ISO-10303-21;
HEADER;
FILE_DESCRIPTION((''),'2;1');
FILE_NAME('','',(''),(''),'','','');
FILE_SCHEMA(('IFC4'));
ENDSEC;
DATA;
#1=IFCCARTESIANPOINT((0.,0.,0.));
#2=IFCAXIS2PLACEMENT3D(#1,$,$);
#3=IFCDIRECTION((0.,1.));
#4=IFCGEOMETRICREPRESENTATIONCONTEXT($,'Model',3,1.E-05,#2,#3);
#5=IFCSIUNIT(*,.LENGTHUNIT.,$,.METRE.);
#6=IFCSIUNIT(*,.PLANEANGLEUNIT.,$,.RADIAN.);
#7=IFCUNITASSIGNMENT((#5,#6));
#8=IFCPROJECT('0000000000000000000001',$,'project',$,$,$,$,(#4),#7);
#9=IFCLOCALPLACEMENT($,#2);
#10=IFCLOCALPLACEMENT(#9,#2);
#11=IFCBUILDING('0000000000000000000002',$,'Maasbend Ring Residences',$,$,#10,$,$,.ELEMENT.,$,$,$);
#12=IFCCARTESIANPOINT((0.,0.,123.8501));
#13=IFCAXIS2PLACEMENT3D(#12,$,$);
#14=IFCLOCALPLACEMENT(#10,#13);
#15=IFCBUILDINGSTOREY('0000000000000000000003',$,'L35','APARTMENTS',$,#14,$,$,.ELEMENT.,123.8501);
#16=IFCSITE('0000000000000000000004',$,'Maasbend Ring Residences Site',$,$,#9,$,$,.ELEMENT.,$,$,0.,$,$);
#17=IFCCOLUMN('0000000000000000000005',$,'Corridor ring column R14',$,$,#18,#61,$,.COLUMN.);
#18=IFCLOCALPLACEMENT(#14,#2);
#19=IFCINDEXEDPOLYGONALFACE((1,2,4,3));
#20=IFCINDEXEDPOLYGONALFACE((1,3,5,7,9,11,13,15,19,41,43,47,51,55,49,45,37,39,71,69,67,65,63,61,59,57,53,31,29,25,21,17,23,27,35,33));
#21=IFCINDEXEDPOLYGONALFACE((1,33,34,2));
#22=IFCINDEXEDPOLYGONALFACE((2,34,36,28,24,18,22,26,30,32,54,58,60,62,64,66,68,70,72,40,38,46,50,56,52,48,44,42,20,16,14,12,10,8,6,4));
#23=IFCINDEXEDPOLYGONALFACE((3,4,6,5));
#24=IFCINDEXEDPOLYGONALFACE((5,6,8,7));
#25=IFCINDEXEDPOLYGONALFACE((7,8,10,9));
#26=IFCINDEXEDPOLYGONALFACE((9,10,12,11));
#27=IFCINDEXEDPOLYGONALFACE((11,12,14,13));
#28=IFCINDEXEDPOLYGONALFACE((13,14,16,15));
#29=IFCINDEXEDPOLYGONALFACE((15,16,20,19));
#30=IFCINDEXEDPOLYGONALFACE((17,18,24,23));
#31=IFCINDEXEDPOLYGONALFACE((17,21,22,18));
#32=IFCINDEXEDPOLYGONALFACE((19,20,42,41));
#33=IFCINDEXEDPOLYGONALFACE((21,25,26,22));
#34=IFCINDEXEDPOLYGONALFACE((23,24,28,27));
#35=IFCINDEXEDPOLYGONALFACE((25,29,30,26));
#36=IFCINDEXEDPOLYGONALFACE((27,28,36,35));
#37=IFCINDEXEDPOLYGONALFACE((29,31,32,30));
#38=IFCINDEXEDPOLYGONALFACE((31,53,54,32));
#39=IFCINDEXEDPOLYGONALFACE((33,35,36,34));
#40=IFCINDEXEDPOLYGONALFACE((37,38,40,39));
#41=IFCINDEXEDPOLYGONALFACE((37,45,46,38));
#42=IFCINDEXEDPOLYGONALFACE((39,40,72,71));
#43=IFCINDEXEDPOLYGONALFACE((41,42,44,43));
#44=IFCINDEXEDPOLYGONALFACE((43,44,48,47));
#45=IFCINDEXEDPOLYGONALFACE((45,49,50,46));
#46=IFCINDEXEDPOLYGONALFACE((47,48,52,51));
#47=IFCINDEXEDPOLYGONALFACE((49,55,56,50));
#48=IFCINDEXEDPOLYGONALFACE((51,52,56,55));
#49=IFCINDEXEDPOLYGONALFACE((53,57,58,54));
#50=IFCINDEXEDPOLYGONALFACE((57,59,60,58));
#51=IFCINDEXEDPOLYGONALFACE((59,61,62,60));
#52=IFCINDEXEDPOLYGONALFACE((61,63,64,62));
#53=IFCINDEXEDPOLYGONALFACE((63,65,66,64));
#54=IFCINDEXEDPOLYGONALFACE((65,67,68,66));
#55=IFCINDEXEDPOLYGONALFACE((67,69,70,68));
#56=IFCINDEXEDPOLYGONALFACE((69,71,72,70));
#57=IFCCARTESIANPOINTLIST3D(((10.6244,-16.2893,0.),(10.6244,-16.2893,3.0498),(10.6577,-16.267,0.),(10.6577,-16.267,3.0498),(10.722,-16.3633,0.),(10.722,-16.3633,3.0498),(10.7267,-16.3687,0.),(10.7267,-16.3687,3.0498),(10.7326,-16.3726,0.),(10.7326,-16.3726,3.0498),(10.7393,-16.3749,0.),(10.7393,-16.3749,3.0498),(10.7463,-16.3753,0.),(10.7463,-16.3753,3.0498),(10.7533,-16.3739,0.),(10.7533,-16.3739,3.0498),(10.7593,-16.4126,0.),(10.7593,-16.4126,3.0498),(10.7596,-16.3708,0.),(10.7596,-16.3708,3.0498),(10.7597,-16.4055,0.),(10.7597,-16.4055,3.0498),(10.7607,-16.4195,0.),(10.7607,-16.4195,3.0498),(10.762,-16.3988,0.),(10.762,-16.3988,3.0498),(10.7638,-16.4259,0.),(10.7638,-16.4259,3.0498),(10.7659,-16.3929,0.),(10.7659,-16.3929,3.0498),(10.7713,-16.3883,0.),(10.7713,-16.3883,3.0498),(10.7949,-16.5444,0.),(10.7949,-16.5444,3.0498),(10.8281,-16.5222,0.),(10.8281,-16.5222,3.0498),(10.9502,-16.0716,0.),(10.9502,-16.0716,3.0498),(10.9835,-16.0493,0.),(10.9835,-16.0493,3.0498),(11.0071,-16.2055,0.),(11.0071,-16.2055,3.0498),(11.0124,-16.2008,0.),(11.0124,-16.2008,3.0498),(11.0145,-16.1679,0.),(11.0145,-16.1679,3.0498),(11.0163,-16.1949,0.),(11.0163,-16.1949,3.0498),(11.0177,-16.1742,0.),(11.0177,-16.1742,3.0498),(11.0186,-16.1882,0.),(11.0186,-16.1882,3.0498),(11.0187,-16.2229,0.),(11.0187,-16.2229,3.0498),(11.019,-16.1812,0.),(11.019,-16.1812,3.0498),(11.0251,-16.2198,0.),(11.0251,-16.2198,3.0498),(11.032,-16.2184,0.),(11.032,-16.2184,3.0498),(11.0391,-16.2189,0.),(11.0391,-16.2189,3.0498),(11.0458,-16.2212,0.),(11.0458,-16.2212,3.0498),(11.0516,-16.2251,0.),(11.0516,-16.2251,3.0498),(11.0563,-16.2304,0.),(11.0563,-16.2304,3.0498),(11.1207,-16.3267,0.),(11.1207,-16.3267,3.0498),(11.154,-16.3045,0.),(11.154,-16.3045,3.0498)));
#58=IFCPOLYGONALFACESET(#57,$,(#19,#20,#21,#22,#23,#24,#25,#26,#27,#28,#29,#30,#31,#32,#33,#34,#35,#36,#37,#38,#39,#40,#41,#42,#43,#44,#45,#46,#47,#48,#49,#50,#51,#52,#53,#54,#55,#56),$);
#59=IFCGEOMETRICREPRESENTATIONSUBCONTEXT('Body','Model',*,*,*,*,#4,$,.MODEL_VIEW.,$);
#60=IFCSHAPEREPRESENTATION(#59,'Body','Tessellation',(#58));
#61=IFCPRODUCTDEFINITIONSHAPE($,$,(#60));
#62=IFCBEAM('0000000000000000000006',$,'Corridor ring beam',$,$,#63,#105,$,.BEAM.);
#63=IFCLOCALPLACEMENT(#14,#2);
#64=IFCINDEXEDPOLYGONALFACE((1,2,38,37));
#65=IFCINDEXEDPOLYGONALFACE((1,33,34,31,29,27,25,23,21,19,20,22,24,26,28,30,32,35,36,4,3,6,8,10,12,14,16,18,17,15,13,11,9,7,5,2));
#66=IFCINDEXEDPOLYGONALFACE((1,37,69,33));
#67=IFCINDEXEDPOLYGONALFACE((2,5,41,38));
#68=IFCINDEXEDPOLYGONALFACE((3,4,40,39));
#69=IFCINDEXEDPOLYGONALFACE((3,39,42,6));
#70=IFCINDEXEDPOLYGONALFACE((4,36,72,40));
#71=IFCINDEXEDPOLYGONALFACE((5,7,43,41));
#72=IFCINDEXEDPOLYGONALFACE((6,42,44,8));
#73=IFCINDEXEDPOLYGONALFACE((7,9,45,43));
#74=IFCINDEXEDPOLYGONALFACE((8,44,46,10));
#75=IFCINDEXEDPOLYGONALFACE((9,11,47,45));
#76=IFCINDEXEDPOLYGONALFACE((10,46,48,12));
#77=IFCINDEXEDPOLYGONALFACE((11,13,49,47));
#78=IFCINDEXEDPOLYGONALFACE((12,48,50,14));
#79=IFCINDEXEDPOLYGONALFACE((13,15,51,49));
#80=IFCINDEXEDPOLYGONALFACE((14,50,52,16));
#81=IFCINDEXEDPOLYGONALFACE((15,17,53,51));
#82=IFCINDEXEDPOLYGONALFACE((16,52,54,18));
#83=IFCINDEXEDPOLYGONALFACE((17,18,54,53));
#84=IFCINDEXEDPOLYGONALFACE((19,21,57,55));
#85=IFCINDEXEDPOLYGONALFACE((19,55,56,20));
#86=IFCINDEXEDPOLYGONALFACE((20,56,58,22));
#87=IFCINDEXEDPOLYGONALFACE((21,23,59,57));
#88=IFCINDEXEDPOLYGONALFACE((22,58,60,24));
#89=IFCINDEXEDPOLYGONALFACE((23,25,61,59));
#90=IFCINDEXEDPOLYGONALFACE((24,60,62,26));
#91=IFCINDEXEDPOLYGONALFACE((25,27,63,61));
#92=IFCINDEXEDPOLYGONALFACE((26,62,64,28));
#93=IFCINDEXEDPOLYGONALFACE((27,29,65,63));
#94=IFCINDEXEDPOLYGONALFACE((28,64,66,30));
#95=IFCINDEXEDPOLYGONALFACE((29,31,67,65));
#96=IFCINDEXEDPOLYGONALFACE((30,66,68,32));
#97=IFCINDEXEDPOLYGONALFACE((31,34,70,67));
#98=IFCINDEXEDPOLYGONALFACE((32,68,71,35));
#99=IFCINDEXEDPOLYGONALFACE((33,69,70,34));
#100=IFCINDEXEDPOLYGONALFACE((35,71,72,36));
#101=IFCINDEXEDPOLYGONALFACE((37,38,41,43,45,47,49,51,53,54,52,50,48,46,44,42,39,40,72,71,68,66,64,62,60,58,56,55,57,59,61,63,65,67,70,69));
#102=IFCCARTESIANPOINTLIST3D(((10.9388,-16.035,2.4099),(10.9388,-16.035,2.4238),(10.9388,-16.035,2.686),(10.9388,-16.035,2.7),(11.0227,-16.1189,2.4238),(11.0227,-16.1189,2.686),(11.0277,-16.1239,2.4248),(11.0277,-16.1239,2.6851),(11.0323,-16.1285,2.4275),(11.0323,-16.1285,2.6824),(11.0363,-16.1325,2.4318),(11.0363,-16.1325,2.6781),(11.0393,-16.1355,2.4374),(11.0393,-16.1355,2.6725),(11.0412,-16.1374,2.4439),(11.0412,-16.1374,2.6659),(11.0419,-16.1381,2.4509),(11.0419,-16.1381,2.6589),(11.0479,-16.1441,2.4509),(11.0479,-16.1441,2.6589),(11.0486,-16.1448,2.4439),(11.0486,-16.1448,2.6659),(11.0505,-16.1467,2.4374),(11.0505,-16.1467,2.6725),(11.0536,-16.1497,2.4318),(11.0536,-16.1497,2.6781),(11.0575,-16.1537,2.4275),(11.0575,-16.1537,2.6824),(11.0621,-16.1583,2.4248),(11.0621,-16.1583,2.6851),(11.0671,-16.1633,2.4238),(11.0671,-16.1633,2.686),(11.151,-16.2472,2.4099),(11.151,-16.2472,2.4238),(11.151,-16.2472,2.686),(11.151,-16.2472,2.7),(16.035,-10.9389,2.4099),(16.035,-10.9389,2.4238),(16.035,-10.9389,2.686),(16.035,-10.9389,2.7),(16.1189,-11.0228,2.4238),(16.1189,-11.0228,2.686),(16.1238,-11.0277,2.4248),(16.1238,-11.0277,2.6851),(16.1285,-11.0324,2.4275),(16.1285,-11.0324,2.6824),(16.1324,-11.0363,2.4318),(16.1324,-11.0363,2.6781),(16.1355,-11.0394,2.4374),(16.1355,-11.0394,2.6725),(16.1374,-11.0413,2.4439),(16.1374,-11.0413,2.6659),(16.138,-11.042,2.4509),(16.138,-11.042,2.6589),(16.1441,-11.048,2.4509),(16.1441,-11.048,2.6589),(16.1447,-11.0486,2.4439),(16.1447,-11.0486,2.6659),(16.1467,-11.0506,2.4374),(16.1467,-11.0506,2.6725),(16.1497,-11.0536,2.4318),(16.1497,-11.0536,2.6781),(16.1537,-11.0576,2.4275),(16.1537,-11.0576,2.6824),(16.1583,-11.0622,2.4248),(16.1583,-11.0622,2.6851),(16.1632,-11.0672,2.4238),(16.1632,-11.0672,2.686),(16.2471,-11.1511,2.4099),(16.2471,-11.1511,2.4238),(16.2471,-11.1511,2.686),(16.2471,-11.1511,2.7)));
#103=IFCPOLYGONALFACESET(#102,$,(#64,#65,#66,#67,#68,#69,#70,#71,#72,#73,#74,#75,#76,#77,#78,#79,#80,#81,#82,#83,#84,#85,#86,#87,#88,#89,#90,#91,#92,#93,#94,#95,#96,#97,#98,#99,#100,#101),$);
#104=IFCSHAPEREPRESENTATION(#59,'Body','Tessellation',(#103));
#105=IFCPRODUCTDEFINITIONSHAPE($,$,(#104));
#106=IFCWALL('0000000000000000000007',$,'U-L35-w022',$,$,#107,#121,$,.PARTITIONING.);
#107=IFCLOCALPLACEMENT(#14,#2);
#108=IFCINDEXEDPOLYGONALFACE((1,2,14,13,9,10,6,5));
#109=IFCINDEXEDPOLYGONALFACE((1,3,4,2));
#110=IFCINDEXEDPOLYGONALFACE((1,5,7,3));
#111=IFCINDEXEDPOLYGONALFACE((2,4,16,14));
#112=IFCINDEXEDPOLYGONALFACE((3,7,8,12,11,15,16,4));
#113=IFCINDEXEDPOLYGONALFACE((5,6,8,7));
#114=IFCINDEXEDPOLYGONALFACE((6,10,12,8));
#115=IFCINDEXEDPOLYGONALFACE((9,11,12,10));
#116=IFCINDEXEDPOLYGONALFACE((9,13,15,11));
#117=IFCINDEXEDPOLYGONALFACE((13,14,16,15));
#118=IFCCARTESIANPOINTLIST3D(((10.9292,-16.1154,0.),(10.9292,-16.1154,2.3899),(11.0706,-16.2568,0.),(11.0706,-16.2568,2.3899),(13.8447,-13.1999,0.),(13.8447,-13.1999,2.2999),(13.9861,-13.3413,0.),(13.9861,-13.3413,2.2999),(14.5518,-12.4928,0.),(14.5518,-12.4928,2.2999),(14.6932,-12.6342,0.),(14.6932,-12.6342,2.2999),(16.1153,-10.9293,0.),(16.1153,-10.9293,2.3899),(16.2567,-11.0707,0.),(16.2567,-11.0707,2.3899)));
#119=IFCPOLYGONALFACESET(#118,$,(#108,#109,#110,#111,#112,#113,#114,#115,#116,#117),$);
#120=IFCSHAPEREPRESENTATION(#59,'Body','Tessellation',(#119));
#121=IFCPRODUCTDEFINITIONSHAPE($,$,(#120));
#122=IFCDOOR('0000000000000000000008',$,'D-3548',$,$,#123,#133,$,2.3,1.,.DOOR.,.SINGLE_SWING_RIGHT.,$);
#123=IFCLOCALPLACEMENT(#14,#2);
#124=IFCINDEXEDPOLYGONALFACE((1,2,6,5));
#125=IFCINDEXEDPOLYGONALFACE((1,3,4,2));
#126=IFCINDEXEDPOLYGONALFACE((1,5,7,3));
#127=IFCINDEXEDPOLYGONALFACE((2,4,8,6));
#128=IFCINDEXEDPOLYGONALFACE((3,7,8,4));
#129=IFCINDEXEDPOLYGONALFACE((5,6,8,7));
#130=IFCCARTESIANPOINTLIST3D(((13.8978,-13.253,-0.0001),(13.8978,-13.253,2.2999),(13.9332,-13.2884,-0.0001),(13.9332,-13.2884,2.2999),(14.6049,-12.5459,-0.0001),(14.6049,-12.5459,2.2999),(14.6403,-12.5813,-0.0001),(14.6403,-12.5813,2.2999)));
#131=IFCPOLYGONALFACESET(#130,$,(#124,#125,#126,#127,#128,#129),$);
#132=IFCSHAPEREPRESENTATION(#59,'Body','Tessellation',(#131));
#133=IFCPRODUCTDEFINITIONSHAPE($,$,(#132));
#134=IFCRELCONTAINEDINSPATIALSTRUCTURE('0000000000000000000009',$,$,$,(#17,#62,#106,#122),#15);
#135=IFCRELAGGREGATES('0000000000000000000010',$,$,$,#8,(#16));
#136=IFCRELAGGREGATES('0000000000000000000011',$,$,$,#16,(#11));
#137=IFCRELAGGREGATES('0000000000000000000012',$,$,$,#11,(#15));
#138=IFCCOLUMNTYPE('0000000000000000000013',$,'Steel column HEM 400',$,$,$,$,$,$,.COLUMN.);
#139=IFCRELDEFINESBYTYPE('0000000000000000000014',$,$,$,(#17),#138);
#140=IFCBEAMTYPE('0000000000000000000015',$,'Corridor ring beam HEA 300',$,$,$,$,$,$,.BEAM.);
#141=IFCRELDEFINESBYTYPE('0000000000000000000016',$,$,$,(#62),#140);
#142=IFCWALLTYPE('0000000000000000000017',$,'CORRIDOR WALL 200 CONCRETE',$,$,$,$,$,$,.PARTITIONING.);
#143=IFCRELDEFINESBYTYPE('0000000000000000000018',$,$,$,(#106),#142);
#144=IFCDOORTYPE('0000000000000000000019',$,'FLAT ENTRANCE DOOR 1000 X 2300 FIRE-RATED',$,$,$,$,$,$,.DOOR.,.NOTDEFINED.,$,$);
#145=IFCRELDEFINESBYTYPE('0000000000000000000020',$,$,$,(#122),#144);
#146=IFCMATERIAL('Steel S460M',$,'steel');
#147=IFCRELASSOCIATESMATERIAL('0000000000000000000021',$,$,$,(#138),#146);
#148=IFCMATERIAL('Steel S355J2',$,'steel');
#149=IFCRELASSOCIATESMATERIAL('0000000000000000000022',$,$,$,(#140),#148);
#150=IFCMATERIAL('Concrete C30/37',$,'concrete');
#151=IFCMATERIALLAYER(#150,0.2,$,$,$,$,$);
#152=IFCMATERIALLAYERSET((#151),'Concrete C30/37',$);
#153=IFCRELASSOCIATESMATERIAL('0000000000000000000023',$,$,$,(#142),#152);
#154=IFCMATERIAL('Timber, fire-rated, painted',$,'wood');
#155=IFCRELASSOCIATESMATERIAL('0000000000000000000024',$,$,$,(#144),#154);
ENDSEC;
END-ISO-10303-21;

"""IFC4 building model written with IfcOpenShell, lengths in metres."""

from ifc_helpers import new_model, si_unit, direction, frame, frame_2d, origin, origin_2d, place, context, subcontext, project, spatial, rectangle, i_section, extrude, material, layer, layer_set, material_profile, profile_set, type_object, element, fill, save


model = new_model("IFC4")

# Units and contexts
model_context = context("Model", 3, precision=1e-05, world=origin(), true_north=direction((0.0, 1.0)))
body_context = subcontext(model_context, "Body", "Model", "MODEL_VIEW")
ifc_project = project(units=[si_unit("LENGTHUNIT", "METRE"), si_unit("PLANEANGLEUNIT", "RADIAN")], contexts=[model_context])

# Site, building, storey
site_placement = place(None, origin())
site = spatial("IfcSite", under=ifc_project, at=site_placement, Name="Maasbend Ring Residences Site", CompositionType="ELEMENT", RefElevation=0.0)
building_placement = place(site_placement, origin())
building = spatial("IfcBuilding", under=site, at=building_placement, Name="Maasbend Ring Residences", CompositionType="ELEMENT")
storey_placement = place(building_placement, frame((0.0, 0.0, 123.8501)))
storey = spatial("IfcBuildingStorey", under=building, at=storey_placement, Name="L35", Description="APARTMENTS", CompositionType="ELEMENT", Elevation=123.8501)

# Column
ifc_material_1 = material(Name="Steel S460M", Category="steel")
ifc_material_profile_1 = material_profile(ifc_material_1, i_section(OverallWidth=0.3069, OverallDepth=0.4319, WebThickness=0.021, FlangeThickness=0.04, FilletRadius=0.0271, at=origin_2d()), Name="HEM 400")
ifc_profile_set_1 = profile_set([ifc_material_profile_1], Name="Steel S460M")
column_type = type_object("IfcColumnType", Name="Steel column HEM 400", PredefinedType="COLUMN", material=ifc_profile_set_1)
column_placement = place(storey_placement, frame((10.8892, -16.2969, 0.0), z_axis=(0.0, 0.0, 1.0), x_axis=(0.55557, -0.83147, 0.0)))
element("IfcColumn", 1, at=column_placement, inside=storey, type_object=column_type, Name="Corridor ring column R14", PredefinedType="COLUMN", context=body_context, shape_type="SweptSolid", body=[
    extrude(i_section(OverallWidth=0.3069, OverallDepth=0.4319, WebThickness=0.021, FlangeThickness=0.04, FilletRadius=0.0271, at=origin_2d()), origin(), (0.0, 0.0, 1.0), 3.0498),
])

# Beam
ifc_material_2 = material(Name="Steel S355J2", Category="steel")
ifc_material_profile_2 = material_profile(ifc_material_2, i_section(OverallWidth=0.3, OverallDepth=0.29, WebThickness=0.0085, FlangeThickness=0.0139, FilletRadius=0.0271, at=origin_2d()), Name="HEA 300")
ifc_profile_set_2 = profile_set([ifc_material_profile_2], Name="Steel S355J2")
beam_type = type_object("IfcBeamType", Name="Corridor ring beam HEA 300", PredefinedType="BEAM", material=ifc_profile_set_2)
beam_placement = place(storey_placement, frame((11.0449, -16.1411, 2.5549), z_axis=(0.707107, 0.707107, 0.0), x_axis=(-0.707107, 0.707107, 0.0)))
element("IfcBeam", 2, at=beam_placement, inside=storey, type_object=beam_type, Name="Corridor ring beam", PredefinedType="BEAM", context=body_context, shape_type="SweptSolid", body=[
    extrude(i_section(OverallWidth=0.3, OverallDepth=0.29, WebThickness=0.0085, FlangeThickness=0.0139, FilletRadius=0.0271, at=origin_2d()), origin(), (0.0, 0.0, 1.0), 7.207),
])

# Wall, opening, door
ifc_material_3 = material(Name="Concrete C30/37", Category="concrete")
ifc_layer_1 = layer(ifc_material_3, 0.2)
ifc_layer_set_1 = layer_set([ifc_layer_1], Name="Concrete C30/37")
wall_type_1 = type_object("IfcWallType", Name="CORRIDOR WALL 200 CONCRETE", PredefinedType="PARTITIONING", material=ifc_layer_set_1)
wall_1_placement = place(storey_placement, frame((11.0, -16.186, 0.0), z_axis=(0.0, 0.0, 1.0), x_axis=(0.707107, 0.707107, 0.0)))
wall_1 = element("IfcWall", 3, at=wall_1_placement, inside=storey, type_object=wall_type_1, Name="U-L35-w022", PredefinedType="PARTITIONING", context=body_context, shape_type="SweptSolid", body=[
    extrude(rectangle(XDim=7.3342, YDim=0.2, at=frame_2d((3.667, 0.0))), origin(), (0.0, 0.0, 1.0), 2.3899),
])
opening_1_placement = place(wall_1_placement, frame((4.123, 0.0, 0.0)))
opening_1 = element("IfcOpeningElement", 4, at=opening_1_placement, cuts=wall_1, PredefinedType="OPENING", context=body_context, shape_type="SweptSolid", body=[
    extrude(rectangle(XDim=1.0, YDim=2.3, at=frame_2d((0.5, 1.1499))), frame((0.0, 0.1099, 0.0), z_axis=(0.0, -1.0, 0.0), x_axis=(1.0, 0.0, 0.0)), (0.0, 0.0, 1.0), 0.22),
])
ifc_material_4 = material(Name="Timber, fire-rated, painted", Category="wood")
door_type_1 = type_object("IfcDoorType", Name="FLAT ENTRANCE DOOR 1000 X 2300 FIRE-RATED", OperationType="NOTDEFINED", PredefinedType="DOOR", material=ifc_material_4)
door_1_placement = place(opening_1_placement, origin())
door_1 = element("IfcDoor", 5, at=door_1_placement, inside=storey, type_object=door_type_1, Name="D-3548", OperationType="SINGLE_SWING_RIGHT", OverallHeight=2.3, OverallWidth=1.0, PredefinedType="DOOR", context=body_context, shape_type="SweptSolid", body=[
    extrude(rectangle(XDim=1.0, YDim=2.3, at=frame_2d((0.5, 1.1499))), frame((0.0, 0.0249, 0.0), z_axis=(0.0, -1.0, 0.0), x_axis=(1.0, 0.0, 0.0)), (0.0, 0.0, 1.0), 0.05),
])
fill(opening_1, door_1)

save(model, "model.ifc")
